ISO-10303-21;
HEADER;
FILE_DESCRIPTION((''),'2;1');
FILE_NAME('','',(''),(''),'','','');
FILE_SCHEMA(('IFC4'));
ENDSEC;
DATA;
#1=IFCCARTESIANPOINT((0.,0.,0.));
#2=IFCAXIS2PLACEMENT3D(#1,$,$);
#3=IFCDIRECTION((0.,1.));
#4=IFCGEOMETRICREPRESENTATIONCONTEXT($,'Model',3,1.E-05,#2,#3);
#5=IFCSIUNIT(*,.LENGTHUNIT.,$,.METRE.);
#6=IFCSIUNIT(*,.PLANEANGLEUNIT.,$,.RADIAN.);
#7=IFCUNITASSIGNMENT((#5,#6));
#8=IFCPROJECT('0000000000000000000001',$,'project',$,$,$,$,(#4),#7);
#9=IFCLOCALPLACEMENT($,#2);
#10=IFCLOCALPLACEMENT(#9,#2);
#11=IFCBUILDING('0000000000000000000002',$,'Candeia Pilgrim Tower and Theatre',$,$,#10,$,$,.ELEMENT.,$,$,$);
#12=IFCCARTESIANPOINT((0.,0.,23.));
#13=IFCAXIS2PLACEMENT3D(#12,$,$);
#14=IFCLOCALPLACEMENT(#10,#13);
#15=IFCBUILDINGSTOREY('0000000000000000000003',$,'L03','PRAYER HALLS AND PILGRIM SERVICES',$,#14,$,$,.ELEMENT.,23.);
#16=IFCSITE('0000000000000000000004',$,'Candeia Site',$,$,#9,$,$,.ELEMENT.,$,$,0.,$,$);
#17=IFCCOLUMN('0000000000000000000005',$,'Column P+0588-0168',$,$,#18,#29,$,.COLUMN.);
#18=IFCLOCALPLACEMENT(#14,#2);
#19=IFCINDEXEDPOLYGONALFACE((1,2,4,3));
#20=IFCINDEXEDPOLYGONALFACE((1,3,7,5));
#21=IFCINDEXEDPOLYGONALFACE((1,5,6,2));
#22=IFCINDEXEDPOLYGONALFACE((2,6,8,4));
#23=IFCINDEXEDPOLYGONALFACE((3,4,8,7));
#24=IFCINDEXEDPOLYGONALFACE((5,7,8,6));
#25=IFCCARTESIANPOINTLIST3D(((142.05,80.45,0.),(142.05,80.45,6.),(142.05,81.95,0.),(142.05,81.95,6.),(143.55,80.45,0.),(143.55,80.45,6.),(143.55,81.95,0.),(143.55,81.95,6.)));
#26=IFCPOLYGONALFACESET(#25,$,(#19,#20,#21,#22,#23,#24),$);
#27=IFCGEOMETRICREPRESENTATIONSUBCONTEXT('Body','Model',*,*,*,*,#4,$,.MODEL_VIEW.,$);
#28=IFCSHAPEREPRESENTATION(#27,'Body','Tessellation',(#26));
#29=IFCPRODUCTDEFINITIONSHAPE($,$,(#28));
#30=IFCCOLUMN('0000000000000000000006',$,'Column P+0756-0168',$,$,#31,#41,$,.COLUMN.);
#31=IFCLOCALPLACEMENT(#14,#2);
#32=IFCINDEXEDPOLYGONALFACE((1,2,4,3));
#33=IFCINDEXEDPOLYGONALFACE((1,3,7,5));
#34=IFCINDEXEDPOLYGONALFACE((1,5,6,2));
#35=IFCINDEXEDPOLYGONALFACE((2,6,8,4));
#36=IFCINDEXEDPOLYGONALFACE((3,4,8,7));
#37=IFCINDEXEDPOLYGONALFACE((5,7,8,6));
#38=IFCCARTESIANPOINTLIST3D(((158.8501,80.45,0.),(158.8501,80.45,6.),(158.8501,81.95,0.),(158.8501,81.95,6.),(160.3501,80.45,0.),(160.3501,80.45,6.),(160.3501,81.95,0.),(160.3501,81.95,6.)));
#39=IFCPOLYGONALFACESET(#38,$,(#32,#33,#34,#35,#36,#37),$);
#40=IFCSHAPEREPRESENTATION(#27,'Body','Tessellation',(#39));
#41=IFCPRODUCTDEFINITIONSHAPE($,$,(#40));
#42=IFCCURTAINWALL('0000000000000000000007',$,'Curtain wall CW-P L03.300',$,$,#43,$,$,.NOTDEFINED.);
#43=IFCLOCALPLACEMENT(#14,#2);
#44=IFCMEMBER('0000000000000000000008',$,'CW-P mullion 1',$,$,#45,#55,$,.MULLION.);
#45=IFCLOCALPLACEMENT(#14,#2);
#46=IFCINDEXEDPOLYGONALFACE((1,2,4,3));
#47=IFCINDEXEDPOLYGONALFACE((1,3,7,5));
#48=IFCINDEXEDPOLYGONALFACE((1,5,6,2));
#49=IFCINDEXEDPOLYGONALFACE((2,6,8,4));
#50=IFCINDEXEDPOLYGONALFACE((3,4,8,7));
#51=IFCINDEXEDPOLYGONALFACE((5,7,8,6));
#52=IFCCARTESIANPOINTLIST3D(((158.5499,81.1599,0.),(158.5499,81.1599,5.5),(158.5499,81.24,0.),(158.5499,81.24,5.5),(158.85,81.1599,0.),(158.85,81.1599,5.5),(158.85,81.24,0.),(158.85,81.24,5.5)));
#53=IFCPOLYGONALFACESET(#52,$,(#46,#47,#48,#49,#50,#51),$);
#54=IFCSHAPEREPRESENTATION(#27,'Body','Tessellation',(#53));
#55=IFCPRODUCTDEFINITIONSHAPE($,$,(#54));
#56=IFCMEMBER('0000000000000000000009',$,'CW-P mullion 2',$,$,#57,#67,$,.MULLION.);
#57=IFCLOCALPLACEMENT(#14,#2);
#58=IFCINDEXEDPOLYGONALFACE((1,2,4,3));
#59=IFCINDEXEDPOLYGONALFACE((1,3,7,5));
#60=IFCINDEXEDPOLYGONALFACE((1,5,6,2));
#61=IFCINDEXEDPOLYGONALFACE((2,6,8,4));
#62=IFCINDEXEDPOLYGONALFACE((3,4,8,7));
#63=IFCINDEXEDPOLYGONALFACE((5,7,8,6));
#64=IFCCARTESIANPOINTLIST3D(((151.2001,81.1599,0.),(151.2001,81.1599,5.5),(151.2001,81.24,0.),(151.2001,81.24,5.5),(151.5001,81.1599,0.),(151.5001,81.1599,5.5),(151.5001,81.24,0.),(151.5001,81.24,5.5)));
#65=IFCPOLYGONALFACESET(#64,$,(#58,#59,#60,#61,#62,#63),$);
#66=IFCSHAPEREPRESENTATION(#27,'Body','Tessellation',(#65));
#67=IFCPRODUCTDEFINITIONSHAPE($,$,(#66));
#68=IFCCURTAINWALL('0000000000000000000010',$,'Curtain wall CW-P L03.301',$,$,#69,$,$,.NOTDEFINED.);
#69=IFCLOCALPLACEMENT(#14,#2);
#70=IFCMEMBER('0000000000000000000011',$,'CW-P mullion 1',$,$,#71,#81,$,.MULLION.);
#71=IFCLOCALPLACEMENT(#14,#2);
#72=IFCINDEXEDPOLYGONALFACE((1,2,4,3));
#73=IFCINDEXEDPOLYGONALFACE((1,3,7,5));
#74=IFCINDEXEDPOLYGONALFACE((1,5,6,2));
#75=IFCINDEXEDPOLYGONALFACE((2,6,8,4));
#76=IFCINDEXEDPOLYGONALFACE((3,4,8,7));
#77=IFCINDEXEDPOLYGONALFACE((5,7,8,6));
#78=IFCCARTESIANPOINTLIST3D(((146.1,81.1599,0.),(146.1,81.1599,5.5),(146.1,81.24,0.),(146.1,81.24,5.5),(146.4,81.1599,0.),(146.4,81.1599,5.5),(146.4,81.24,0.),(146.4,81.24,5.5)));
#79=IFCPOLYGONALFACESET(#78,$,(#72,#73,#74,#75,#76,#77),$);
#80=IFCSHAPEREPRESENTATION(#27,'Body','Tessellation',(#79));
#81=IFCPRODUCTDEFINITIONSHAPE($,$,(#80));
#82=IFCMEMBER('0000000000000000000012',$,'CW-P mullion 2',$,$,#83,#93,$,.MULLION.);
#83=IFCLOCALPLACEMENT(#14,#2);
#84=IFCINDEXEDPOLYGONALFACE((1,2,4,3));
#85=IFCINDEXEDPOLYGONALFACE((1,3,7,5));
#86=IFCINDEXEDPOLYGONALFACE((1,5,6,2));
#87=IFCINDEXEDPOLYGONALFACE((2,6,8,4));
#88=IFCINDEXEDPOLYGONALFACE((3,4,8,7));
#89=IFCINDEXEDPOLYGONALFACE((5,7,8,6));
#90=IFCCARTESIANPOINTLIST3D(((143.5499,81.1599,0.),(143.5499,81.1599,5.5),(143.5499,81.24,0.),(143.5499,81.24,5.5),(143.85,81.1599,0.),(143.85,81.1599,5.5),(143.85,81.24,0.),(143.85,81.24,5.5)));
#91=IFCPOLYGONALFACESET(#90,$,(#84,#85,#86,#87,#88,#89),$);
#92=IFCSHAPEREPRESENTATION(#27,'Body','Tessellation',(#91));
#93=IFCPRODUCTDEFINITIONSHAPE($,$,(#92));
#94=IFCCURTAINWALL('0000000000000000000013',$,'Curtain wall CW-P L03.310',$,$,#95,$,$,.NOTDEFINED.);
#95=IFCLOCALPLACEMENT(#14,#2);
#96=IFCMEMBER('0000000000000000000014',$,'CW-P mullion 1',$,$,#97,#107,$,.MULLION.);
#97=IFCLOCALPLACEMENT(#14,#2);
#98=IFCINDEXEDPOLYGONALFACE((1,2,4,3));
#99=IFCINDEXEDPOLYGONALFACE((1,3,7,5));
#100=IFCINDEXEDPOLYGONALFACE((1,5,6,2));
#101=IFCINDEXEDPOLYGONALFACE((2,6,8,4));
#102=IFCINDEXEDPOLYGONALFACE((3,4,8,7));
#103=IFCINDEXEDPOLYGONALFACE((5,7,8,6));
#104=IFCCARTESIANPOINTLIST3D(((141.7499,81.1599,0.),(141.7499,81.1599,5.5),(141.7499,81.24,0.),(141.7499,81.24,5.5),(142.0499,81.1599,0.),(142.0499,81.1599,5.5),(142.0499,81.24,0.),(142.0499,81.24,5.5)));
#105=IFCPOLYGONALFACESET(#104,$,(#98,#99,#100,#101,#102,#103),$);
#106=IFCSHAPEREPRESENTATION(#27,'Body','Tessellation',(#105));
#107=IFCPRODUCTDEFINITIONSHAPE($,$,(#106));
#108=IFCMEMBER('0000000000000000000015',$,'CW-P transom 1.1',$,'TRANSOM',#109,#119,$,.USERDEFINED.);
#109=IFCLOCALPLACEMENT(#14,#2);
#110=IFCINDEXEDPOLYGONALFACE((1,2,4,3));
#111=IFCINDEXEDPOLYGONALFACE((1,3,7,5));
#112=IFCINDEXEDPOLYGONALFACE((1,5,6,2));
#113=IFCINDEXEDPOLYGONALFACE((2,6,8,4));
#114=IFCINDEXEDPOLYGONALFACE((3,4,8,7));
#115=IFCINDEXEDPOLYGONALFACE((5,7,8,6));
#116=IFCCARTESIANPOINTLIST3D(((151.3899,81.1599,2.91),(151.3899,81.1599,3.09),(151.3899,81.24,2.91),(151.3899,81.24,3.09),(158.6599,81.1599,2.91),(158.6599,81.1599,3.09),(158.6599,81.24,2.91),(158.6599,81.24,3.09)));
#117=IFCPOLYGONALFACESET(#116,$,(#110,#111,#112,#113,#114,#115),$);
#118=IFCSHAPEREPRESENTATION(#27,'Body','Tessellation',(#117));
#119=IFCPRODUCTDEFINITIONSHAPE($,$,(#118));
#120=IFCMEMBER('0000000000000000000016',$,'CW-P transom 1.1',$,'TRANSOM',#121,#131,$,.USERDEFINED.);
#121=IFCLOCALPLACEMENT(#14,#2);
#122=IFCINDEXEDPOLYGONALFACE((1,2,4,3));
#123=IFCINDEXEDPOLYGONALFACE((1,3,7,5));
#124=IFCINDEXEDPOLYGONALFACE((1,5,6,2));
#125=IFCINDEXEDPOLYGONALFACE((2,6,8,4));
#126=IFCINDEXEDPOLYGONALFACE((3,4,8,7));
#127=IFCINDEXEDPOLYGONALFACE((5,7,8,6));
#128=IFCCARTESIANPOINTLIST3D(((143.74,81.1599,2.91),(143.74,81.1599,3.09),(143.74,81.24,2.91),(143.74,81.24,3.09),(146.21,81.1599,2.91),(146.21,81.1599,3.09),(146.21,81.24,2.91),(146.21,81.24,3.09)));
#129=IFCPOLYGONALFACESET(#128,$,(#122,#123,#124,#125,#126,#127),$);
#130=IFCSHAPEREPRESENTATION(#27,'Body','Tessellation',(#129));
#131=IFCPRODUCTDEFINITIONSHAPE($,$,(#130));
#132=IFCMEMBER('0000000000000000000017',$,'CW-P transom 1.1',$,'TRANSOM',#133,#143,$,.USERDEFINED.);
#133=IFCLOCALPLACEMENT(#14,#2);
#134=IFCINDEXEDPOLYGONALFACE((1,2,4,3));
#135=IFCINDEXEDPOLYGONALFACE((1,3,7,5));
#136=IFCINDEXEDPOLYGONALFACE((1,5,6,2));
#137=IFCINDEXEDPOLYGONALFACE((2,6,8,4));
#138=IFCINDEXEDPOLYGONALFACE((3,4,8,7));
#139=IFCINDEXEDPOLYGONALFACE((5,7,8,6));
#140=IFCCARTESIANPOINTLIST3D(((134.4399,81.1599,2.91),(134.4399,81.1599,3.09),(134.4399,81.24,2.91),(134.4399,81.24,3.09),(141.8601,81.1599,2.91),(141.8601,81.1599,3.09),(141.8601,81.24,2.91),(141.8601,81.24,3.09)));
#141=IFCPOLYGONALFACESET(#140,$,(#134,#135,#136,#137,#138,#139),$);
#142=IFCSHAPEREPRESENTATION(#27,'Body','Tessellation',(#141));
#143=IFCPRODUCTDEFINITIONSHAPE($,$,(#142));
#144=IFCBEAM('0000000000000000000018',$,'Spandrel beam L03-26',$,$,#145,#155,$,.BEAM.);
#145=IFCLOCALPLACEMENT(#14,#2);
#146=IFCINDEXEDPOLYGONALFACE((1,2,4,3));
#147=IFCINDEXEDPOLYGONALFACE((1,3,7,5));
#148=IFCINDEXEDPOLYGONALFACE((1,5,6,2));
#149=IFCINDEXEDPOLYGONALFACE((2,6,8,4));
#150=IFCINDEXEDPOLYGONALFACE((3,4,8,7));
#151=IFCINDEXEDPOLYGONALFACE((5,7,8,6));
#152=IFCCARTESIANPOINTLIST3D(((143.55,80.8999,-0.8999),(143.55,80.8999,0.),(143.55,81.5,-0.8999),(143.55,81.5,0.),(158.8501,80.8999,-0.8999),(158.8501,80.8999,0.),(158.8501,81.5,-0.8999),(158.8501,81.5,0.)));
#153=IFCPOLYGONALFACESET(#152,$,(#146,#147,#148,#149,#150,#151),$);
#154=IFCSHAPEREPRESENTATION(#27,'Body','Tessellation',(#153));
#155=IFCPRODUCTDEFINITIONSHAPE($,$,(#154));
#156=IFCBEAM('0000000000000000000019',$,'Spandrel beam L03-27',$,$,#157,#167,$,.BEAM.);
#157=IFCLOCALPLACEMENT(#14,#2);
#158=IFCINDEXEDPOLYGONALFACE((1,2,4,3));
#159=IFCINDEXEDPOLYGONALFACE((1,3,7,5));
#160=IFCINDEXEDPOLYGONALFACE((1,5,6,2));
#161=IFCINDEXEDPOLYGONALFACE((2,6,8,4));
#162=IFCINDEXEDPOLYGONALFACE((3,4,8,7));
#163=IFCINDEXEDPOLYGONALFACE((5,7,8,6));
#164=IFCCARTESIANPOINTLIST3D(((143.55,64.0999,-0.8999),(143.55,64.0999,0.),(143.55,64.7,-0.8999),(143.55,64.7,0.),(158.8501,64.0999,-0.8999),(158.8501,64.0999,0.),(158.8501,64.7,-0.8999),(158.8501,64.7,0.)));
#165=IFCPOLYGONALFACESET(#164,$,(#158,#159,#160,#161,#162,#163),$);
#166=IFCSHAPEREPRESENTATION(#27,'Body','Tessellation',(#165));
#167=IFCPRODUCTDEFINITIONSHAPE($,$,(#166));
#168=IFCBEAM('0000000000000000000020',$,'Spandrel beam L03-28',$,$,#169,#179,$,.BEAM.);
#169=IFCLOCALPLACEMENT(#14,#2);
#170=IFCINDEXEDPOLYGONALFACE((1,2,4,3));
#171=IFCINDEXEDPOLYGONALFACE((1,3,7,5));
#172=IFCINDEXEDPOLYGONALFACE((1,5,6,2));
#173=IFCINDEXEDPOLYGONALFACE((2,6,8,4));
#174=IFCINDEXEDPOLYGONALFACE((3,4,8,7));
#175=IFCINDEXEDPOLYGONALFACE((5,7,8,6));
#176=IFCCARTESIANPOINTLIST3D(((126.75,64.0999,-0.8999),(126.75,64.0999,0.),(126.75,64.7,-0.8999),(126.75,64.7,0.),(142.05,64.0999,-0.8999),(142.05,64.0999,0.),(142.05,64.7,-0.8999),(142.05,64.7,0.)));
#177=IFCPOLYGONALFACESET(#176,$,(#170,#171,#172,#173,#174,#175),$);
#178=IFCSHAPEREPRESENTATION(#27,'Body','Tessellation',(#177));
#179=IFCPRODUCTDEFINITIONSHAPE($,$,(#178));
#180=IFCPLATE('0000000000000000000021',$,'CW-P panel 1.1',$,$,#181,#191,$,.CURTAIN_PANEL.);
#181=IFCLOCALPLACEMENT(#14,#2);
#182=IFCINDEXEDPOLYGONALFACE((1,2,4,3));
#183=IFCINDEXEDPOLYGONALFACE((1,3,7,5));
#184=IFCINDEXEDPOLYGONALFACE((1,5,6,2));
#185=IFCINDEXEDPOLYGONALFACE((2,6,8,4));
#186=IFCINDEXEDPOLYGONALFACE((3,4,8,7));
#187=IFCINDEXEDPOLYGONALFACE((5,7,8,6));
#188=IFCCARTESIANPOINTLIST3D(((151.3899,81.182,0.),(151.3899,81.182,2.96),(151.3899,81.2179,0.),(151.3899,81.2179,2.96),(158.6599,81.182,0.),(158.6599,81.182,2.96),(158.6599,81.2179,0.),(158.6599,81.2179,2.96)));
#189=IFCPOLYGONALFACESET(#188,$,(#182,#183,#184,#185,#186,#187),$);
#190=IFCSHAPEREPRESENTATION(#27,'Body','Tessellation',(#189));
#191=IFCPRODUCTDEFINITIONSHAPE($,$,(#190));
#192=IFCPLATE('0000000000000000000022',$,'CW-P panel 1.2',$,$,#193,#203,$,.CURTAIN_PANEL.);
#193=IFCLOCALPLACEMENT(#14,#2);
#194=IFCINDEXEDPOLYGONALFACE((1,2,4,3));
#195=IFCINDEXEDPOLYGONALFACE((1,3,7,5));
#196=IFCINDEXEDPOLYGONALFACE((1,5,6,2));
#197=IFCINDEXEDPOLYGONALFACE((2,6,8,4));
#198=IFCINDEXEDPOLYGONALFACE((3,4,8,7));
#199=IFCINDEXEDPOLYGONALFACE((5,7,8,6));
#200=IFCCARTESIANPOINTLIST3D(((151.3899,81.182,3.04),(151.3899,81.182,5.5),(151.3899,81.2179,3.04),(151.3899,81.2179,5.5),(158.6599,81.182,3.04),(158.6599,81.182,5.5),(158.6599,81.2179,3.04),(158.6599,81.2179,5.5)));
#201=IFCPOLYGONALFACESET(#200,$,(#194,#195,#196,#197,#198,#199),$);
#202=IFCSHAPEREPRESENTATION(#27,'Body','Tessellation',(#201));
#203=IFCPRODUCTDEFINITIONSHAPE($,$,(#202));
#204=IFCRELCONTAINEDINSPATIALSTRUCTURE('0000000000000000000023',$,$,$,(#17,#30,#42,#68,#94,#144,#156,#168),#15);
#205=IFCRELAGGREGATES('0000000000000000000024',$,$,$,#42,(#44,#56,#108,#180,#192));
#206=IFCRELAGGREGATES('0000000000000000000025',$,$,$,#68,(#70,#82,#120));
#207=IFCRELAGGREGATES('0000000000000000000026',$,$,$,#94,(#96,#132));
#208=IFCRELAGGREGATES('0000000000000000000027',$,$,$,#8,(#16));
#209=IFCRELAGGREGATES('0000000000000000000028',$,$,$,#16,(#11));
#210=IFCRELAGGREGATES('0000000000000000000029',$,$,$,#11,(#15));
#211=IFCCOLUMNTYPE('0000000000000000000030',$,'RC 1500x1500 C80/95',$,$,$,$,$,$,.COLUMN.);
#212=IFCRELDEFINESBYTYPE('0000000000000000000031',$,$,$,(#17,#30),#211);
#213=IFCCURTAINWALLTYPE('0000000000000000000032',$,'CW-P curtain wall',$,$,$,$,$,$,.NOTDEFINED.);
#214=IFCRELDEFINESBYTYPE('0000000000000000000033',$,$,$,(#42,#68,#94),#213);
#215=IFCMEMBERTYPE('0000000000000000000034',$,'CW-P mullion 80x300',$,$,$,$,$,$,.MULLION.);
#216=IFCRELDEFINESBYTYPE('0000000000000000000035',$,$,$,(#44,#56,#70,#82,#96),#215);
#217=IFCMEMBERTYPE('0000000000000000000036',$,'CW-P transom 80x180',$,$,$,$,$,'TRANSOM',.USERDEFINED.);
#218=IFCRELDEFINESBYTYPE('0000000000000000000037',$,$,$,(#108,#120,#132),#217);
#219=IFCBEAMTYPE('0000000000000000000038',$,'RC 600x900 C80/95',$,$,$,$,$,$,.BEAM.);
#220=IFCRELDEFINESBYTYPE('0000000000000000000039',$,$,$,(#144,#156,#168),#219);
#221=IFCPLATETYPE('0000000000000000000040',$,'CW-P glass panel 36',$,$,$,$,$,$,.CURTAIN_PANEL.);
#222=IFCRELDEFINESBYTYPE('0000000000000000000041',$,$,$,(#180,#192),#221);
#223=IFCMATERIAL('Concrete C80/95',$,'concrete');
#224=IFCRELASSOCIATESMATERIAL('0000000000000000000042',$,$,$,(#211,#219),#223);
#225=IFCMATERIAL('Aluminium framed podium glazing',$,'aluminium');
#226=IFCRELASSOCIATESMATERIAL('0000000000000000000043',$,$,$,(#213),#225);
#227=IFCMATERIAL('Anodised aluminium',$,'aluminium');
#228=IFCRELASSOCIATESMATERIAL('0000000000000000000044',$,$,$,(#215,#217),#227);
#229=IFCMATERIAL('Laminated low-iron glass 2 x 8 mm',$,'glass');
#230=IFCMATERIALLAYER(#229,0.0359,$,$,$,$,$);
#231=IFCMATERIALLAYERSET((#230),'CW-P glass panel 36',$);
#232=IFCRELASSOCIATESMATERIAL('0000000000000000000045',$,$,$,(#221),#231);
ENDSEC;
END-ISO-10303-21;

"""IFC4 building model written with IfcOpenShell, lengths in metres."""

from ifc_helpers import new_model, si_unit, direction, frame, origin, origin_2d, place, context, subcontext, project, spatial, rectangle, extrude, material, layer, layer_set, material_profile, profile_set, type_object, element, aggregate, save


model = new_model("IFC4")

# Units and contexts
model_context = context("Model", 3, precision=1e-05, world=origin(), true_north=direction((0.0, 1.0)))
body_context = subcontext(model_context, "Body", "Model", "MODEL_VIEW")
ifc_project = project(units=[si_unit("LENGTHUNIT", "METRE"), si_unit("PLANEANGLEUNIT", "RADIAN")], contexts=[model_context])

# Site, building, storey
site_placement = place(None, origin())
site = spatial("IfcSite", under=ifc_project, at=site_placement, Name="Candeia Site", CompositionType="ELEMENT", RefElevation=0.0)
building_placement = place(site_placement, origin())
building = spatial("IfcBuilding", under=site, at=building_placement, Name="Candeia Pilgrim Tower and Theatre", CompositionType="ELEMENT")
storey_placement = place(building_placement, frame((0.0, 0.0, 23.0)))
storey = spatial("IfcBuildingStorey", under=building, at=storey_placement, Name="L03", Description="PRAYER HALLS AND PILGRIM SERVICES", CompositionType="ELEMENT", Elevation=23.0)

# Columns
ifc_material_1 = material(Name="Concrete C80/95", Category="concrete")
ifc_material_profile_1 = material_profile(ifc_material_1, rectangle(XDim=1.5, YDim=1.5, at=origin_2d()))
ifc_profile_set_1 = profile_set([ifc_material_profile_1], Name="Concrete C80/95")
column_type = type_object("IfcColumnType", Name="RC 1500x1500 C80/95", PredefinedType="COLUMN", material=ifc_profile_set_1)
for number, where, z_axis, x_axis, name in (
    (1, (142.8, 81.2, 0.0), (0.0, 0.0, 1.0), (1.0, 0.0, 0.0), "Column P+0588-0168"),
    (2, (159.6001, 81.2, 0.0), (0.0, 0.0, 1.0), (1.0, 0.0, 0.0), "Column P+0756-0168"),
):
    element("IfcColumn", number, at=place(storey_placement, frame(where, z_axis=z_axis, x_axis=x_axis)), inside=storey, type_object=column_type, Name=name, PredefinedType="COLUMN", context=body_context, shape_type="SweptSolid", body=[
        extrude(rectangle(XDim=1.5, YDim=1.5, at=origin_2d()), origin(), (0.0, 0.0, 1.0), 6.0),
    ])

# Curtain walls, members
ifc_material_2 = material(Name="Aluminium framed podium glazing", Category="aluminium")
curtain_wall_type = type_object("IfcCurtainWallType", Name="CW-P curtain wall", PredefinedType="NOTDEFINED", material=ifc_material_2)
curtain_wall_1_placement = place(storey_placement, origin())
curtain_wall_1 = element("IfcCurtainWall", 3, at=curtain_wall_1_placement, inside=storey, type_object=curtain_wall_type, Name="Curtain wall CW-P L03.300", PredefinedType="NOTDEFINED")
ifc_material_3 = material(Name="Anodised aluminium", Category="aluminium")
ifc_material_profile_2 = material_profile(ifc_material_3, rectangle(XDim=0.0801, YDim=0.3, at=origin_2d()))
ifc_profile_set_2 = profile_set([ifc_material_profile_2], Name="Anodised aluminium")
member_type_1 = type_object("IfcMemberType", Name="CW-P mullion 80x300", PredefinedType="MULLION", material=ifc_profile_set_2)
member_1_placement = place(storey_placement, frame((158.7, 81.2, 0.0), z_axis=(0.0, 0.0, 1.0), x_axis=(0.0, -1.0, 0.0)))
member_1 = element("IfcMember", 4, at=member_1_placement, type_object=member_type_1, Name="CW-P mullion 1", PredefinedType="MULLION", context=body_context, shape_type="SweptSolid", body=[
    extrude(rectangle(XDim=0.0801, YDim=0.3, at=origin_2d()), origin(), (0.0, 0.0, 1.0), 5.5),
])
member_2_placement = place(storey_placement, frame((151.3501, 81.2, 0.0), z_axis=(0.0, 0.0, 1.0), x_axis=(0.0, -1.0, 0.0)))
member_2 = element("IfcMember", 5, at=member_2_placement, type_object=member_type_1, Name="CW-P mullion 2", PredefinedType="MULLION", context=body_context, shape_type="SweptSolid", body=[
    extrude(rectangle(XDim=0.0801, YDim=0.3, at=origin_2d()), origin(), (0.0, 0.0, 1.0), 5.5),
])
curtain_wall_2_placement = place(storey_placement, origin())
curtain_wall_2 = element("IfcCurtainWall", 6, at=curtain_wall_2_placement, inside=storey, type_object=curtain_wall_type, Name="Curtain wall CW-P L03.301", PredefinedType="NOTDEFINED")
member_3_placement = place(storey_placement, frame((146.25, 81.2, 0.0), z_axis=(0.0, 0.0, 1.0), x_axis=(0.0, -1.0, 0.0)))
member_3 = element("IfcMember", 7, at=member_3_placement, type_object=member_type_1, Name="CW-P mullion 1", PredefinedType="MULLION", context=body_context, shape_type="SweptSolid", body=[
    extrude(rectangle(XDim=0.0801, YDim=0.3, at=origin_2d()), origin(), (0.0, 0.0, 1.0), 5.5),
])
member_4_placement = place(storey_placement, frame((143.7, 81.2, 0.0), z_axis=(0.0, 0.0, 1.0), x_axis=(0.0, -1.0, 0.0)))
member_4 = element("IfcMember", 8, at=member_4_placement, type_object=member_type_1, Name="CW-P mullion 2", PredefinedType="MULLION", context=body_context, shape_type="SweptSolid", body=[
    extrude(rectangle(XDim=0.0801, YDim=0.3, at=origin_2d()), origin(), (0.0, 0.0, 1.0), 5.5),
])

# Curtain wall, member
curtain_wall_3_placement = place(storey_placement, origin())
curtain_wall_3 = element("IfcCurtainWall", 9, at=curtain_wall_3_placement, inside=storey, type_object=curtain_wall_type, Name="Curtain wall CW-P L03.310", PredefinedType="NOTDEFINED")
member_5_placement = place(storey_placement, frame((141.8999, 81.2, 0.0), z_axis=(0.0, 0.0, 1.0), x_axis=(0.0, -1.0, 0.0)))
member_5 = element("IfcMember", 10, at=member_5_placement, type_object=member_type_1, Name="CW-P mullion 1", PredefinedType="MULLION", context=body_context, shape_type="SweptSolid", body=[
    extrude(rectangle(XDim=0.0801, YDim=0.3, at=origin_2d()), origin(), (0.0, 0.0, 1.0), 5.5),
])

# Members
ifc_material_profile_3 = material_profile(ifc_material_3, rectangle(XDim=0.0801, YDim=0.1799, at=origin_2d()))
ifc_profile_set_3 = profile_set([ifc_material_profile_3], Name="Anodised aluminium")
member_type_2 = type_object("IfcMemberType", Name="CW-P transom 80x180", ElementType="TRANSOM", PredefinedType="USERDEFINED", material=ifc_profile_set_3)
member_6_placement = place(storey_placement, frame((158.6599, 81.2, 3.0), z_axis=(-1.0, 0.0, 0.0), x_axis=(0.0, -1.0, 0.0)))
member_6 = element("IfcMember", 11, at=member_6_placement, type_object=member_type_2, Name="CW-P transom 1.1", ObjectType="TRANSOM", PredefinedType="USERDEFINED", context=body_context, shape_type="SweptSolid", body=[
    extrude(rectangle(XDim=0.0801, YDim=0.1799, at=origin_2d()), origin(), (0.0, 0.0, 1.0), 7.27),
])
member_7_placement = place(storey_placement, frame((146.21, 81.2, 3.0), z_axis=(-1.0, 0.0, 0.0), x_axis=(0.0, -1.0, 0.0)))
member_7 = element("IfcMember", 12, at=member_7_placement, type_object=member_type_2, Name="CW-P transom 1.1", ObjectType="TRANSOM", PredefinedType="USERDEFINED", context=body_context, shape_type="SweptSolid", body=[
    extrude(rectangle(XDim=0.0801, YDim=0.1799, at=origin_2d()), origin(), (0.0, 0.0, 1.0), 2.47),
])
member_8_placement = place(storey_placement, frame((141.8601, 81.2, 3.0), z_axis=(-1.0, 0.0, 0.0), x_axis=(0.0, -1.0, 0.0)))
member_8 = element("IfcMember", 13, at=member_8_placement, type_object=member_type_2, Name="CW-P transom 1.1", ObjectType="TRANSOM", PredefinedType="USERDEFINED", context=body_context, shape_type="SweptSolid", body=[
    extrude(rectangle(XDim=0.0801, YDim=0.1799, at=origin_2d()), origin(), (0.0, 0.0, 1.0), 7.4202),
])

# Beams
ifc_material_profile_4 = material_profile(ifc_material_1, rectangle(XDim=0.6001, YDim=0.8999, at=origin_2d()))
ifc_profile_set_4 = profile_set([ifc_material_profile_4], Name="Concrete C80/95")
beam_type = type_object("IfcBeamType", Name="RC 600x900 C80/95", PredefinedType="BEAM", material=ifc_profile_set_4)
for number, where, z_axis, x_axis, name in (
    (14, (143.55, 81.2, -0.45), (1.0, 0.0, 0.0), (0.0, 1.0, 0.0), "Spandrel beam L03-26"),
    (15, (158.8501, 64.3999, -0.45), (-1.0, 0.0, 0.0), (0.0, -1.0, 0.0), "Spandrel beam L03-27"),
    (16, (142.05, 64.3999, -0.45), (-1.0, 0.0, 0.0), (0.0, -1.0, 0.0), "Spandrel beam L03-28"),
):
    element("IfcBeam", number, at=place(storey_placement, frame(where, z_axis=z_axis, x_axis=x_axis)), inside=storey, type_object=beam_type, Name=name, PredefinedType="BEAM", context=body_context, shape_type="SweptSolid", body=[
        extrude(rectangle(XDim=0.6001, YDim=0.8999, at=origin_2d()), origin(), (0.0, 0.0, 1.0), 15.3),
    ])

# Plates
ifc_material_4 = material(Name="Laminated low-iron glass 2 x 8 mm", Category="glass")
ifc_layer_1 = layer(ifc_material_4, 0.0359)
ifc_layer_set_1 = layer_set([ifc_layer_1], Name="CW-P glass panel 36")
plate_type = type_object("IfcPlateType", Name="CW-P glass panel 36", PredefinedType="CURTAIN_PANEL", material=ifc_layer_set_1)
plate_1_placement = place(storey_placement, frame((155.0249, 81.2, 0.0), z_axis=(0.0, 0.0, 1.0), x_axis=(-1.0, 0.0, 0.0)))
plate_1 = element("IfcPlate", 17, at=plate_1_placement, type_object=plate_type, Name="CW-P panel 1.1", PredefinedType="CURTAIN_PANEL", context=body_context, shape_type="SweptSolid", body=[
    extrude(rectangle(XDim=7.27, YDim=0.0359, at=origin_2d()), origin(), (0.0, 0.0, 1.0), 2.96),
])
plate_2_placement = place(storey_placement, frame((155.0249, 81.2, 3.04), z_axis=(0.0, 0.0, 1.0), x_axis=(-1.0, 0.0, 0.0)))
plate_2 = element("IfcPlate", 18, at=plate_2_placement, type_object=plate_type, Name="CW-P panel 1.2", PredefinedType="CURTAIN_PANEL", context=body_context, shape_type="SweptSolid", body=[
    extrude(rectangle(XDim=7.27, YDim=0.0359, at=origin_2d()), origin(), (0.0, 0.0, 1.0), 2.46),
])
aggregate(curtain_wall_1, [member_1, member_2, member_6, plate_1, plate_2])
aggregate(curtain_wall_2, [member_3, member_4, member_7])
aggregate(curtain_wall_3, [member_5, member_8])

save(model, "model.ifc")
